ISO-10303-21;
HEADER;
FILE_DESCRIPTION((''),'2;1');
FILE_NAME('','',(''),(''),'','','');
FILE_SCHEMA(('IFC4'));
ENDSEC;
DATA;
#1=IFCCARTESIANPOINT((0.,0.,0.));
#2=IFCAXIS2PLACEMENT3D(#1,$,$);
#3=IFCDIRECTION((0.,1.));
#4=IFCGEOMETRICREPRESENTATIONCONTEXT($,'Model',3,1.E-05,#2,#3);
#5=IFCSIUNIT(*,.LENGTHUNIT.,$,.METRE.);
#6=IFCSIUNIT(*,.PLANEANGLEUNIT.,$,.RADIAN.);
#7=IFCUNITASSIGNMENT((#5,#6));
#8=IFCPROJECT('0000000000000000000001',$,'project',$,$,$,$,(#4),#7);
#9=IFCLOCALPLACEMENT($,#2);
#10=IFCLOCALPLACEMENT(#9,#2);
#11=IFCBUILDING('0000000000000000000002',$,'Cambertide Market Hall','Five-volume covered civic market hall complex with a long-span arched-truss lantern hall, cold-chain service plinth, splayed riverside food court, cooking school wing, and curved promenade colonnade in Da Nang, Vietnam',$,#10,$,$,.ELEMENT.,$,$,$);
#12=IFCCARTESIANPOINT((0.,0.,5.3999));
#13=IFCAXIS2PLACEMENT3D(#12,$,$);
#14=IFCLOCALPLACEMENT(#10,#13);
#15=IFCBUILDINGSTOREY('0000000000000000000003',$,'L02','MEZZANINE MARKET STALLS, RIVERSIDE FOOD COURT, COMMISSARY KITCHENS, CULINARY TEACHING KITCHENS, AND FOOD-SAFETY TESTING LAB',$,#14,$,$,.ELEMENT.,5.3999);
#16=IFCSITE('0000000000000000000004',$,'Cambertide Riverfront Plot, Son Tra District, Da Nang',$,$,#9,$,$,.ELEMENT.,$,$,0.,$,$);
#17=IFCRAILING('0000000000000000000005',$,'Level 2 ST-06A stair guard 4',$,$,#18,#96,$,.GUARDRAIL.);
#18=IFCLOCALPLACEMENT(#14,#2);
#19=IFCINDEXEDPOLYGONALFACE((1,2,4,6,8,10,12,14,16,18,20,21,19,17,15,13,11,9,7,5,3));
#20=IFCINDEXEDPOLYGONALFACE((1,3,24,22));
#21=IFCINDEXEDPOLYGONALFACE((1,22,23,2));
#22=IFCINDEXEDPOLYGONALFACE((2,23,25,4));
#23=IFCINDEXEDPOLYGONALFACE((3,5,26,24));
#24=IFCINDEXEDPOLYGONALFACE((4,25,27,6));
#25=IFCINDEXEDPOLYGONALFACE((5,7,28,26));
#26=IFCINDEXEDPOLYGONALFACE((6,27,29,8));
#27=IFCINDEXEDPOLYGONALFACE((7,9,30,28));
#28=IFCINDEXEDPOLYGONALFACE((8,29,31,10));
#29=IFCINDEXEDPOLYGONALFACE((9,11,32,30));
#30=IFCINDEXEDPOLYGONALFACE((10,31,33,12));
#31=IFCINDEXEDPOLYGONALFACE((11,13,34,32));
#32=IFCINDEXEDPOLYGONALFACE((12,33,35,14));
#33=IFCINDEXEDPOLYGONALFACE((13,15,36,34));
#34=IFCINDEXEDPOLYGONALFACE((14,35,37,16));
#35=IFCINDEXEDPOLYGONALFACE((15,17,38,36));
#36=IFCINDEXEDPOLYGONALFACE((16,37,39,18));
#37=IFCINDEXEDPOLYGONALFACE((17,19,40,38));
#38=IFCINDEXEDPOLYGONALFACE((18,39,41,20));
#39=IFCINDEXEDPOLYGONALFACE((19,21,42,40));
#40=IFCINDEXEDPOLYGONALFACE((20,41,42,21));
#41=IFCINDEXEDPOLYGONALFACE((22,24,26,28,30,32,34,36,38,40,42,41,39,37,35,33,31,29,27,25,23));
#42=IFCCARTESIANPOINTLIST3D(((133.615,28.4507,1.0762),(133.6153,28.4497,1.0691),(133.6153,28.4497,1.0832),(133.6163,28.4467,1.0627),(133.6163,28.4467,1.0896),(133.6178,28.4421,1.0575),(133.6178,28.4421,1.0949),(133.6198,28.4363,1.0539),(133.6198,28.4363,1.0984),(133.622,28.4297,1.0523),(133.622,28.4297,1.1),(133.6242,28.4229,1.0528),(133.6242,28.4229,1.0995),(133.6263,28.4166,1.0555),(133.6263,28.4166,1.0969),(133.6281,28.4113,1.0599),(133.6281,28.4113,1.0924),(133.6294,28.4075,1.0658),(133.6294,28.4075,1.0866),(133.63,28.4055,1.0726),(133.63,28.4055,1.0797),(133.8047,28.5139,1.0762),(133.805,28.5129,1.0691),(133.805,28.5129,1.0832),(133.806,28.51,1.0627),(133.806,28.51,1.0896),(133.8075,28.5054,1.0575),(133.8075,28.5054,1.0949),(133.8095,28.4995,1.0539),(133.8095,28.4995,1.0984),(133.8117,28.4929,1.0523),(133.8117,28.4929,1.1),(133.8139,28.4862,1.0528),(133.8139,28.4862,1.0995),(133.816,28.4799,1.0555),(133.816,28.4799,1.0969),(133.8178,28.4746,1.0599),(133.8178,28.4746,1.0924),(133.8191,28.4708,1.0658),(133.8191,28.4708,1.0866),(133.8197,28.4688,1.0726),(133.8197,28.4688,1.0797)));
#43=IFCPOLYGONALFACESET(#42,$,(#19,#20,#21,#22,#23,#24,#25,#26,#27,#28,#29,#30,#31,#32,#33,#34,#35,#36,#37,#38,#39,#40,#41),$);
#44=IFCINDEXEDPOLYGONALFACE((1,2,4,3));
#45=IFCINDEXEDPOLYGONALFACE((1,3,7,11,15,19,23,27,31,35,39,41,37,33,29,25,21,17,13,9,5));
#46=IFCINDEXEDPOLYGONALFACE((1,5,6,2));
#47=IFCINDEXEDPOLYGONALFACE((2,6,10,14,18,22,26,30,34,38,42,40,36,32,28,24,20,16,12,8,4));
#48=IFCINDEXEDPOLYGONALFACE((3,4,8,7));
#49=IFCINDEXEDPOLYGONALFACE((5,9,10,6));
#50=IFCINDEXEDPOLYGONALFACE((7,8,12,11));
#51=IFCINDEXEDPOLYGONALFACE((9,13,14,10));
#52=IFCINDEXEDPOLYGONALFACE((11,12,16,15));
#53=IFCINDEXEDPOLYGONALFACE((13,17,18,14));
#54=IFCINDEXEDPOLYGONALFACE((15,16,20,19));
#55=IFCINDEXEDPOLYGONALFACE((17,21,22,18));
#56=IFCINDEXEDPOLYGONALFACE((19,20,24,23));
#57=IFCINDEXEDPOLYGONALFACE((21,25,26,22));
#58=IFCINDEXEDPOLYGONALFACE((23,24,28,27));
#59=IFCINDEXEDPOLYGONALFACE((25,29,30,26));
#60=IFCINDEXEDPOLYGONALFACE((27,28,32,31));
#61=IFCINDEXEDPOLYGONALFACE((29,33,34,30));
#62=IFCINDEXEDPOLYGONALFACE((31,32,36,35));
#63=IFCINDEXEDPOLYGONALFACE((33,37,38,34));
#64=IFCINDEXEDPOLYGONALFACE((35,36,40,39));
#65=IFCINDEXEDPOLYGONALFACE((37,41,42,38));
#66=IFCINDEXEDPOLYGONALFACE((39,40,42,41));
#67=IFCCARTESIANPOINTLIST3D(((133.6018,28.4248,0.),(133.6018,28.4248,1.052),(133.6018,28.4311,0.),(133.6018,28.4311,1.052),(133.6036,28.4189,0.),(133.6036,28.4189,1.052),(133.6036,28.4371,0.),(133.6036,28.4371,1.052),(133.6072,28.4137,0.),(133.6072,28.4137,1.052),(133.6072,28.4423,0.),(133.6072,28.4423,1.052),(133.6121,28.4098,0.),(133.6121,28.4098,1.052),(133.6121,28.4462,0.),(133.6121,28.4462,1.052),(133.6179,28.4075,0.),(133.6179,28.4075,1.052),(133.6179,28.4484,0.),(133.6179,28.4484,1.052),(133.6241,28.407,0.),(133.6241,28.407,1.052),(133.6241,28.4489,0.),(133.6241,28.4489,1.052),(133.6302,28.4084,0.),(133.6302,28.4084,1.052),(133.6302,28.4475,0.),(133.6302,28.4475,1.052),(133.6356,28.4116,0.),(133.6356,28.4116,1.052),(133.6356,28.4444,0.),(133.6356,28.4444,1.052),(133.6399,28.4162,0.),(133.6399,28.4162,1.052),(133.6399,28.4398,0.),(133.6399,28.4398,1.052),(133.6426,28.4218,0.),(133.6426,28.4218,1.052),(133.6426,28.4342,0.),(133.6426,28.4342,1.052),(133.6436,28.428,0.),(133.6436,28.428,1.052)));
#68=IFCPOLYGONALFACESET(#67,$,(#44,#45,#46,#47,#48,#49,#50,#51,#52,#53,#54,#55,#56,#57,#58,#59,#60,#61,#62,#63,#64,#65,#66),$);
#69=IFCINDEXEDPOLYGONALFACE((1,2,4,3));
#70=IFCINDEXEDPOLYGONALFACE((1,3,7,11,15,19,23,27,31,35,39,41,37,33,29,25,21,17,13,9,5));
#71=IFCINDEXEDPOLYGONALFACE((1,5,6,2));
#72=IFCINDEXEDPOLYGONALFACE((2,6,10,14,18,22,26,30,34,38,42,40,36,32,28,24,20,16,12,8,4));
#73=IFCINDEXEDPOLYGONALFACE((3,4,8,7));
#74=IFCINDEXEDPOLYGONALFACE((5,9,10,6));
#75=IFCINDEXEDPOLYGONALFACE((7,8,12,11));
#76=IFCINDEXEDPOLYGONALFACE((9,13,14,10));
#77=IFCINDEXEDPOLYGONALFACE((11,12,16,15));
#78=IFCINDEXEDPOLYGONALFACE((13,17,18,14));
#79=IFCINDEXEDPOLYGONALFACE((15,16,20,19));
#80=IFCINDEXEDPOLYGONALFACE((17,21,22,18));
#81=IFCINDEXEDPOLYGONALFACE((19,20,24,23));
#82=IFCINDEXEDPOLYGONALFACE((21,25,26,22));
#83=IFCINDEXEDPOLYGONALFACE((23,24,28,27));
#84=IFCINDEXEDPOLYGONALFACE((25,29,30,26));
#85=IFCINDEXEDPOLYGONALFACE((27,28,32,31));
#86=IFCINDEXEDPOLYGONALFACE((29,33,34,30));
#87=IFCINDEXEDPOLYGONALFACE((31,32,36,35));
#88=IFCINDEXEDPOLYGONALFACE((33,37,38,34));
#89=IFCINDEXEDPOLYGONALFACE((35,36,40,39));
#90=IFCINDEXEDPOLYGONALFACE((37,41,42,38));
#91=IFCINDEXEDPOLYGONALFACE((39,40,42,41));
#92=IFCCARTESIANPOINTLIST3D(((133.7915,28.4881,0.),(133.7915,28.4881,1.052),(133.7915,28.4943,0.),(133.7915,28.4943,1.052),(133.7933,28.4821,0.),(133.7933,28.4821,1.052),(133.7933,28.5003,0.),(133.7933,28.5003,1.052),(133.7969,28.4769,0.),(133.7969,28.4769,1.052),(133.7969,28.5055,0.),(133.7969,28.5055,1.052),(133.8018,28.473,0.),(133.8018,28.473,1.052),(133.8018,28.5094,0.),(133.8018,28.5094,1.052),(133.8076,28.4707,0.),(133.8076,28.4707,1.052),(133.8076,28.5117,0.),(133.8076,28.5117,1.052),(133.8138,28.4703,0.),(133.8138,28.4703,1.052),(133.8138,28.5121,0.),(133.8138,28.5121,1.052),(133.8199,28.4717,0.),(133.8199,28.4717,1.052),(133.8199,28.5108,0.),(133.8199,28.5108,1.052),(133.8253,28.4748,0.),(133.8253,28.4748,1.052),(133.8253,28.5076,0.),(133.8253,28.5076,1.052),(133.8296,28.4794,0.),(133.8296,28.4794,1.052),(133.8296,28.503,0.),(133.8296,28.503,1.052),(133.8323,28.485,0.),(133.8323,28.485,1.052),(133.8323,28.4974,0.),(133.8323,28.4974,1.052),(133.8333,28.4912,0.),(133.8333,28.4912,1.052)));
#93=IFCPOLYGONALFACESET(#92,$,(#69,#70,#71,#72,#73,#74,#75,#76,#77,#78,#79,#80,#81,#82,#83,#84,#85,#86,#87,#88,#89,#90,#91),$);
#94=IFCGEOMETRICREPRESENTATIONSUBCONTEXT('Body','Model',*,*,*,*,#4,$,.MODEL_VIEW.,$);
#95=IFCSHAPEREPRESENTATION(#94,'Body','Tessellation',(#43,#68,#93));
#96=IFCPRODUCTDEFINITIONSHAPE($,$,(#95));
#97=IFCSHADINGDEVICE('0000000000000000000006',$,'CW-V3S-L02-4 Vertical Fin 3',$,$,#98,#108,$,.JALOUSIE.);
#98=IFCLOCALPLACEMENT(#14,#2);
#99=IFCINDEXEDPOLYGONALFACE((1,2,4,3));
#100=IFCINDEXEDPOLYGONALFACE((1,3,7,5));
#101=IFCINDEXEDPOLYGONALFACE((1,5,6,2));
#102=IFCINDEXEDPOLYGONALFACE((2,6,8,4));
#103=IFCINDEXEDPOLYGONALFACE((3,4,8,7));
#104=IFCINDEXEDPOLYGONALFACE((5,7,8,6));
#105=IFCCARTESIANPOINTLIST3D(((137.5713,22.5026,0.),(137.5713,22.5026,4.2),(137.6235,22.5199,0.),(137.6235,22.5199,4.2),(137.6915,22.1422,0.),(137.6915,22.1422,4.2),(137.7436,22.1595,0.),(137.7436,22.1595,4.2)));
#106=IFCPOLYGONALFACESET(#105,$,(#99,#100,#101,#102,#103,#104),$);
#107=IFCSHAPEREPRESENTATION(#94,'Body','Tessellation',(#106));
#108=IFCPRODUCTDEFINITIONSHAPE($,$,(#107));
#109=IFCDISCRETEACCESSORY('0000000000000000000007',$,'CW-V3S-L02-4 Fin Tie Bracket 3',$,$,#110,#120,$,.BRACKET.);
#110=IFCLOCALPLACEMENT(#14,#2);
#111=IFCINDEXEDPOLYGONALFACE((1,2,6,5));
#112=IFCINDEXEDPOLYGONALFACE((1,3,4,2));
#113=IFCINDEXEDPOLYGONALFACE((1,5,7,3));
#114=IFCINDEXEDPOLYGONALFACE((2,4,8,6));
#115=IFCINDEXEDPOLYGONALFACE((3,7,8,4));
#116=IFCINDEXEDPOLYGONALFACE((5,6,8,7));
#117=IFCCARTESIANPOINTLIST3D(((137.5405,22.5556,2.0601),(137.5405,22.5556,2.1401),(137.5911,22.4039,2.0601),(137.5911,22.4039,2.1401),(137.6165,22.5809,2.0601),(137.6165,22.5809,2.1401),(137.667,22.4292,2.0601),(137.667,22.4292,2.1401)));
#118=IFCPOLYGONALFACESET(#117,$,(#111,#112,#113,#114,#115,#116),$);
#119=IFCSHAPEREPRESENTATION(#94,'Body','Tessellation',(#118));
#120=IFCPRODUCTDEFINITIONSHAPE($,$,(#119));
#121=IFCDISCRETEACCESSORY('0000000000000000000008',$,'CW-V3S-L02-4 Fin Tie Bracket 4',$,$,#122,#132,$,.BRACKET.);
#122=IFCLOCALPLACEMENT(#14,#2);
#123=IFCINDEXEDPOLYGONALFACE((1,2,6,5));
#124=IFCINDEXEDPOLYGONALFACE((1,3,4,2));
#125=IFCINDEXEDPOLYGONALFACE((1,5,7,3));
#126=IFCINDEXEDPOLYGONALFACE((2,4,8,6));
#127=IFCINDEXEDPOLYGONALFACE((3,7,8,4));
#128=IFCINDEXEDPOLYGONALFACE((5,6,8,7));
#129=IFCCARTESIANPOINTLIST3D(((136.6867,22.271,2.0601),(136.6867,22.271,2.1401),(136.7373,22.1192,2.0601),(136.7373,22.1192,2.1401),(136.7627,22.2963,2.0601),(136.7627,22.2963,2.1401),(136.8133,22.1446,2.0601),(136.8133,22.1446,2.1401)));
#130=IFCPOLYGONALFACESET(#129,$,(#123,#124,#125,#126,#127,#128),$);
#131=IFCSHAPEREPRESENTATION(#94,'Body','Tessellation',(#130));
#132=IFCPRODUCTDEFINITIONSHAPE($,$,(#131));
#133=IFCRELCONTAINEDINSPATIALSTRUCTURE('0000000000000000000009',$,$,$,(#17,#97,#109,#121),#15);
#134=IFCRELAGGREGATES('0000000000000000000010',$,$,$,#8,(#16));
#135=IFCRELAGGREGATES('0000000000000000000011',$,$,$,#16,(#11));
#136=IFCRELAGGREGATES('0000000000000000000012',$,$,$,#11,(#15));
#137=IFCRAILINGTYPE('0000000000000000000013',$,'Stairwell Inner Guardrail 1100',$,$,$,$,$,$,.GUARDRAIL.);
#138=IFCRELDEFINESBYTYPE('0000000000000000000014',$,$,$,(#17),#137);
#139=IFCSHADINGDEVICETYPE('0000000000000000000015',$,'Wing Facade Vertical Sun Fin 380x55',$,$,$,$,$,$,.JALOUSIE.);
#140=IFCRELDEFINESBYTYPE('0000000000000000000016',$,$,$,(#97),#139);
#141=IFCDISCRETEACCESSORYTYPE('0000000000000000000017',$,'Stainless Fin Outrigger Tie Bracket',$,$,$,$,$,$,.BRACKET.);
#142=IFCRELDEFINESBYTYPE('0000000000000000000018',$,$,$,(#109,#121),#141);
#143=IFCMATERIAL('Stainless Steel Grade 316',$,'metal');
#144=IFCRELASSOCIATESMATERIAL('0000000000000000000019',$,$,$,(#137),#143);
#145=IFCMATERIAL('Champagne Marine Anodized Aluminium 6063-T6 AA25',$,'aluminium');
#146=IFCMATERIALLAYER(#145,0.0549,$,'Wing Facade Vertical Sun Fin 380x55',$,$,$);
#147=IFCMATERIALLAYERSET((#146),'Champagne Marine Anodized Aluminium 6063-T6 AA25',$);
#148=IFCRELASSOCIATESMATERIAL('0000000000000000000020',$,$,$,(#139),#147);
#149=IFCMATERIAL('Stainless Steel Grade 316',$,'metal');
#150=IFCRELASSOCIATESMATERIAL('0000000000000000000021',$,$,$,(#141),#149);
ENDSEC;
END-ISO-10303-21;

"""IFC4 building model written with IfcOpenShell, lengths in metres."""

from ifc_helpers import new_model, si_unit, direction, frame, origin, origin_2d, place, context, subcontext, project, spatial, rectangle, circle, extrude, material, layer, layer_set, type_object, element, save


model = new_model("IFC4")

# Units and contexts
model_context = context("Model", 3, precision=1e-05, world=origin(), true_north=direction((0.0, 1.0)))
body_context = subcontext(model_context, "Body", "Model", "MODEL_VIEW")
ifc_project = project(units=[si_unit("LENGTHUNIT", "METRE"), si_unit("PLANEANGLEUNIT", "RADIAN")], contexts=[model_context])

# Site, building, storey
site_placement = place(None, origin())
site = spatial("IfcSite", under=ifc_project, at=site_placement, Name="Cambertide Riverfront Plot, Son Tra District, Da Nang", CompositionType="ELEMENT", RefElevation=0.0)
building_placement = place(site_placement, origin())
building = spatial("IfcBuilding", under=site, at=building_placement, Name="Cambertide Market Hall", Description="Five-volume covered civic market hall complex with a long-span arched-truss lantern hall, cold-chain service plinth, splayed riverside food court, cooking school wing, and curved promenade colonnade in Da Nang, Vietnam", CompositionType="ELEMENT")
storey_placement = place(building_placement, frame((0.0, 0.0, 5.3999)))
storey = spatial("IfcBuildingStorey", under=building, at=storey_placement, Name="L02", Description="MEZZANINE MARKET STALLS, RIVERSIDE FOOD COURT, COMMISSARY KITCHENS, CULINARY TEACHING KITCHENS, AND FOOD-SAFETY TESTING LAB", CompositionType="ELEMENT", Elevation=5.3999)

# Railing
ifc_material_1 = material(Name="Stainless Steel Grade 316", Category="metal")
railing_type_1 = type_object("IfcRailingType", Name="Stairwell Inner Guardrail 1100", PredefinedType="GUARDRAIL", material=ifc_material_1)
railing_1_placement = place(storey_placement, frame((133.6226, 28.428, 0.0)))
element("IfcRailing", 1, at=railing_1_placement, inside=storey, type_object=railing_type_1, Name="Level 2 ST-06A stair guard 4", PredefinedType="GUARDRAIL", context=body_context, shape_type="SweptSolid", body=[
    extrude(circle(Radius=0.0239, at=origin_2d()), frame((0.0, 0.0, 1.0762), z_axis=(0.948683, 0.316228, 0.0), x_axis=(-0.316228, 0.948683, 0.0)), (0.0, 0.0, 1.0), 0.2),
    extrude(circle(Radius=0.021, at=origin_2d()), origin(), (0.0, 0.0, 1.0), 1.052),
    extrude(circle(Radius=0.021, at=origin_2d()), frame((0.1897, 0.0632, 0.0)), (0.0, 0.0, 1.0), 1.052),
])

# Shading device
ifc_material_2 = material(Name="Champagne Marine Anodized Aluminium 6063-T6 AA25", Category="aluminium")
ifc_layer_1 = layer(ifc_material_2, 0.0549, Name="Wing Facade Vertical Sun Fin 380x55")
ifc_layer_set_1 = layer_set([ifc_layer_1], Name="Champagne Marine Anodized Aluminium 6063-T6 AA25")
shading_device_type = type_object("IfcShadingDeviceType", Name="Wing Facade Vertical Sun Fin 380x55", PredefinedType="JALOUSIE", material=ifc_layer_set_1)
shading_device_placement = place(storey_placement, frame((137.6575, 22.3311, 0.0), z_axis=(0.0, 0.0, 1.0), x_axis=(-0.948683, -0.316228, 0.0)))
element("IfcShadingDevice", 2, at=shading_device_placement, inside=storey, type_object=shading_device_type, Name="CW-V3S-L02-4 Vertical Fin 3", PredefinedType="JALOUSIE", context=body_context, shape_type="SweptSolid", body=[
    extrude(rectangle(XDim=0.0549, YDim=0.3799, at=origin_2d()), origin(), (0.0, 0.0, 1.0), 4.2),
])

# Discrete accessories
ifc_material_3 = material(Name="Stainless Steel Grade 316", Category="metal")
discrete_accessory_type = type_object("IfcDiscreteAccessoryType", Name="Stainless Fin Outrigger Tie Bracket", PredefinedType="BRACKET", material=ifc_material_3)
for number, where, z_axis, x_axis, name in (
    (3, (137.6038, 22.4924, 2.0601), (0.0, 0.0, 1.0), (-0.948683, -0.316228, 0.0), "CW-V3S-L02-4 Fin Tie Bracket 3"),
    (4, (136.75, 22.2078, 2.0601), (0.0, 0.0, 1.0), (-0.948683, -0.316228, 0.0), "CW-V3S-L02-4 Fin Tie Bracket 4"),
):
    element("IfcDiscreteAccessory", number, at=place(storey_placement, frame(where, z_axis=z_axis, x_axis=x_axis)), inside=storey, type_object=discrete_accessory_type, Name=name, PredefinedType="BRACKET", context=body_context, shape_type="SweptSolid", body=[
        extrude(rectangle(XDim=0.0801, YDim=0.1599, at=origin_2d()), origin(), (0.0, 0.0, 1.0), 0.0801),
    ])

save(model, "model.ifc")
